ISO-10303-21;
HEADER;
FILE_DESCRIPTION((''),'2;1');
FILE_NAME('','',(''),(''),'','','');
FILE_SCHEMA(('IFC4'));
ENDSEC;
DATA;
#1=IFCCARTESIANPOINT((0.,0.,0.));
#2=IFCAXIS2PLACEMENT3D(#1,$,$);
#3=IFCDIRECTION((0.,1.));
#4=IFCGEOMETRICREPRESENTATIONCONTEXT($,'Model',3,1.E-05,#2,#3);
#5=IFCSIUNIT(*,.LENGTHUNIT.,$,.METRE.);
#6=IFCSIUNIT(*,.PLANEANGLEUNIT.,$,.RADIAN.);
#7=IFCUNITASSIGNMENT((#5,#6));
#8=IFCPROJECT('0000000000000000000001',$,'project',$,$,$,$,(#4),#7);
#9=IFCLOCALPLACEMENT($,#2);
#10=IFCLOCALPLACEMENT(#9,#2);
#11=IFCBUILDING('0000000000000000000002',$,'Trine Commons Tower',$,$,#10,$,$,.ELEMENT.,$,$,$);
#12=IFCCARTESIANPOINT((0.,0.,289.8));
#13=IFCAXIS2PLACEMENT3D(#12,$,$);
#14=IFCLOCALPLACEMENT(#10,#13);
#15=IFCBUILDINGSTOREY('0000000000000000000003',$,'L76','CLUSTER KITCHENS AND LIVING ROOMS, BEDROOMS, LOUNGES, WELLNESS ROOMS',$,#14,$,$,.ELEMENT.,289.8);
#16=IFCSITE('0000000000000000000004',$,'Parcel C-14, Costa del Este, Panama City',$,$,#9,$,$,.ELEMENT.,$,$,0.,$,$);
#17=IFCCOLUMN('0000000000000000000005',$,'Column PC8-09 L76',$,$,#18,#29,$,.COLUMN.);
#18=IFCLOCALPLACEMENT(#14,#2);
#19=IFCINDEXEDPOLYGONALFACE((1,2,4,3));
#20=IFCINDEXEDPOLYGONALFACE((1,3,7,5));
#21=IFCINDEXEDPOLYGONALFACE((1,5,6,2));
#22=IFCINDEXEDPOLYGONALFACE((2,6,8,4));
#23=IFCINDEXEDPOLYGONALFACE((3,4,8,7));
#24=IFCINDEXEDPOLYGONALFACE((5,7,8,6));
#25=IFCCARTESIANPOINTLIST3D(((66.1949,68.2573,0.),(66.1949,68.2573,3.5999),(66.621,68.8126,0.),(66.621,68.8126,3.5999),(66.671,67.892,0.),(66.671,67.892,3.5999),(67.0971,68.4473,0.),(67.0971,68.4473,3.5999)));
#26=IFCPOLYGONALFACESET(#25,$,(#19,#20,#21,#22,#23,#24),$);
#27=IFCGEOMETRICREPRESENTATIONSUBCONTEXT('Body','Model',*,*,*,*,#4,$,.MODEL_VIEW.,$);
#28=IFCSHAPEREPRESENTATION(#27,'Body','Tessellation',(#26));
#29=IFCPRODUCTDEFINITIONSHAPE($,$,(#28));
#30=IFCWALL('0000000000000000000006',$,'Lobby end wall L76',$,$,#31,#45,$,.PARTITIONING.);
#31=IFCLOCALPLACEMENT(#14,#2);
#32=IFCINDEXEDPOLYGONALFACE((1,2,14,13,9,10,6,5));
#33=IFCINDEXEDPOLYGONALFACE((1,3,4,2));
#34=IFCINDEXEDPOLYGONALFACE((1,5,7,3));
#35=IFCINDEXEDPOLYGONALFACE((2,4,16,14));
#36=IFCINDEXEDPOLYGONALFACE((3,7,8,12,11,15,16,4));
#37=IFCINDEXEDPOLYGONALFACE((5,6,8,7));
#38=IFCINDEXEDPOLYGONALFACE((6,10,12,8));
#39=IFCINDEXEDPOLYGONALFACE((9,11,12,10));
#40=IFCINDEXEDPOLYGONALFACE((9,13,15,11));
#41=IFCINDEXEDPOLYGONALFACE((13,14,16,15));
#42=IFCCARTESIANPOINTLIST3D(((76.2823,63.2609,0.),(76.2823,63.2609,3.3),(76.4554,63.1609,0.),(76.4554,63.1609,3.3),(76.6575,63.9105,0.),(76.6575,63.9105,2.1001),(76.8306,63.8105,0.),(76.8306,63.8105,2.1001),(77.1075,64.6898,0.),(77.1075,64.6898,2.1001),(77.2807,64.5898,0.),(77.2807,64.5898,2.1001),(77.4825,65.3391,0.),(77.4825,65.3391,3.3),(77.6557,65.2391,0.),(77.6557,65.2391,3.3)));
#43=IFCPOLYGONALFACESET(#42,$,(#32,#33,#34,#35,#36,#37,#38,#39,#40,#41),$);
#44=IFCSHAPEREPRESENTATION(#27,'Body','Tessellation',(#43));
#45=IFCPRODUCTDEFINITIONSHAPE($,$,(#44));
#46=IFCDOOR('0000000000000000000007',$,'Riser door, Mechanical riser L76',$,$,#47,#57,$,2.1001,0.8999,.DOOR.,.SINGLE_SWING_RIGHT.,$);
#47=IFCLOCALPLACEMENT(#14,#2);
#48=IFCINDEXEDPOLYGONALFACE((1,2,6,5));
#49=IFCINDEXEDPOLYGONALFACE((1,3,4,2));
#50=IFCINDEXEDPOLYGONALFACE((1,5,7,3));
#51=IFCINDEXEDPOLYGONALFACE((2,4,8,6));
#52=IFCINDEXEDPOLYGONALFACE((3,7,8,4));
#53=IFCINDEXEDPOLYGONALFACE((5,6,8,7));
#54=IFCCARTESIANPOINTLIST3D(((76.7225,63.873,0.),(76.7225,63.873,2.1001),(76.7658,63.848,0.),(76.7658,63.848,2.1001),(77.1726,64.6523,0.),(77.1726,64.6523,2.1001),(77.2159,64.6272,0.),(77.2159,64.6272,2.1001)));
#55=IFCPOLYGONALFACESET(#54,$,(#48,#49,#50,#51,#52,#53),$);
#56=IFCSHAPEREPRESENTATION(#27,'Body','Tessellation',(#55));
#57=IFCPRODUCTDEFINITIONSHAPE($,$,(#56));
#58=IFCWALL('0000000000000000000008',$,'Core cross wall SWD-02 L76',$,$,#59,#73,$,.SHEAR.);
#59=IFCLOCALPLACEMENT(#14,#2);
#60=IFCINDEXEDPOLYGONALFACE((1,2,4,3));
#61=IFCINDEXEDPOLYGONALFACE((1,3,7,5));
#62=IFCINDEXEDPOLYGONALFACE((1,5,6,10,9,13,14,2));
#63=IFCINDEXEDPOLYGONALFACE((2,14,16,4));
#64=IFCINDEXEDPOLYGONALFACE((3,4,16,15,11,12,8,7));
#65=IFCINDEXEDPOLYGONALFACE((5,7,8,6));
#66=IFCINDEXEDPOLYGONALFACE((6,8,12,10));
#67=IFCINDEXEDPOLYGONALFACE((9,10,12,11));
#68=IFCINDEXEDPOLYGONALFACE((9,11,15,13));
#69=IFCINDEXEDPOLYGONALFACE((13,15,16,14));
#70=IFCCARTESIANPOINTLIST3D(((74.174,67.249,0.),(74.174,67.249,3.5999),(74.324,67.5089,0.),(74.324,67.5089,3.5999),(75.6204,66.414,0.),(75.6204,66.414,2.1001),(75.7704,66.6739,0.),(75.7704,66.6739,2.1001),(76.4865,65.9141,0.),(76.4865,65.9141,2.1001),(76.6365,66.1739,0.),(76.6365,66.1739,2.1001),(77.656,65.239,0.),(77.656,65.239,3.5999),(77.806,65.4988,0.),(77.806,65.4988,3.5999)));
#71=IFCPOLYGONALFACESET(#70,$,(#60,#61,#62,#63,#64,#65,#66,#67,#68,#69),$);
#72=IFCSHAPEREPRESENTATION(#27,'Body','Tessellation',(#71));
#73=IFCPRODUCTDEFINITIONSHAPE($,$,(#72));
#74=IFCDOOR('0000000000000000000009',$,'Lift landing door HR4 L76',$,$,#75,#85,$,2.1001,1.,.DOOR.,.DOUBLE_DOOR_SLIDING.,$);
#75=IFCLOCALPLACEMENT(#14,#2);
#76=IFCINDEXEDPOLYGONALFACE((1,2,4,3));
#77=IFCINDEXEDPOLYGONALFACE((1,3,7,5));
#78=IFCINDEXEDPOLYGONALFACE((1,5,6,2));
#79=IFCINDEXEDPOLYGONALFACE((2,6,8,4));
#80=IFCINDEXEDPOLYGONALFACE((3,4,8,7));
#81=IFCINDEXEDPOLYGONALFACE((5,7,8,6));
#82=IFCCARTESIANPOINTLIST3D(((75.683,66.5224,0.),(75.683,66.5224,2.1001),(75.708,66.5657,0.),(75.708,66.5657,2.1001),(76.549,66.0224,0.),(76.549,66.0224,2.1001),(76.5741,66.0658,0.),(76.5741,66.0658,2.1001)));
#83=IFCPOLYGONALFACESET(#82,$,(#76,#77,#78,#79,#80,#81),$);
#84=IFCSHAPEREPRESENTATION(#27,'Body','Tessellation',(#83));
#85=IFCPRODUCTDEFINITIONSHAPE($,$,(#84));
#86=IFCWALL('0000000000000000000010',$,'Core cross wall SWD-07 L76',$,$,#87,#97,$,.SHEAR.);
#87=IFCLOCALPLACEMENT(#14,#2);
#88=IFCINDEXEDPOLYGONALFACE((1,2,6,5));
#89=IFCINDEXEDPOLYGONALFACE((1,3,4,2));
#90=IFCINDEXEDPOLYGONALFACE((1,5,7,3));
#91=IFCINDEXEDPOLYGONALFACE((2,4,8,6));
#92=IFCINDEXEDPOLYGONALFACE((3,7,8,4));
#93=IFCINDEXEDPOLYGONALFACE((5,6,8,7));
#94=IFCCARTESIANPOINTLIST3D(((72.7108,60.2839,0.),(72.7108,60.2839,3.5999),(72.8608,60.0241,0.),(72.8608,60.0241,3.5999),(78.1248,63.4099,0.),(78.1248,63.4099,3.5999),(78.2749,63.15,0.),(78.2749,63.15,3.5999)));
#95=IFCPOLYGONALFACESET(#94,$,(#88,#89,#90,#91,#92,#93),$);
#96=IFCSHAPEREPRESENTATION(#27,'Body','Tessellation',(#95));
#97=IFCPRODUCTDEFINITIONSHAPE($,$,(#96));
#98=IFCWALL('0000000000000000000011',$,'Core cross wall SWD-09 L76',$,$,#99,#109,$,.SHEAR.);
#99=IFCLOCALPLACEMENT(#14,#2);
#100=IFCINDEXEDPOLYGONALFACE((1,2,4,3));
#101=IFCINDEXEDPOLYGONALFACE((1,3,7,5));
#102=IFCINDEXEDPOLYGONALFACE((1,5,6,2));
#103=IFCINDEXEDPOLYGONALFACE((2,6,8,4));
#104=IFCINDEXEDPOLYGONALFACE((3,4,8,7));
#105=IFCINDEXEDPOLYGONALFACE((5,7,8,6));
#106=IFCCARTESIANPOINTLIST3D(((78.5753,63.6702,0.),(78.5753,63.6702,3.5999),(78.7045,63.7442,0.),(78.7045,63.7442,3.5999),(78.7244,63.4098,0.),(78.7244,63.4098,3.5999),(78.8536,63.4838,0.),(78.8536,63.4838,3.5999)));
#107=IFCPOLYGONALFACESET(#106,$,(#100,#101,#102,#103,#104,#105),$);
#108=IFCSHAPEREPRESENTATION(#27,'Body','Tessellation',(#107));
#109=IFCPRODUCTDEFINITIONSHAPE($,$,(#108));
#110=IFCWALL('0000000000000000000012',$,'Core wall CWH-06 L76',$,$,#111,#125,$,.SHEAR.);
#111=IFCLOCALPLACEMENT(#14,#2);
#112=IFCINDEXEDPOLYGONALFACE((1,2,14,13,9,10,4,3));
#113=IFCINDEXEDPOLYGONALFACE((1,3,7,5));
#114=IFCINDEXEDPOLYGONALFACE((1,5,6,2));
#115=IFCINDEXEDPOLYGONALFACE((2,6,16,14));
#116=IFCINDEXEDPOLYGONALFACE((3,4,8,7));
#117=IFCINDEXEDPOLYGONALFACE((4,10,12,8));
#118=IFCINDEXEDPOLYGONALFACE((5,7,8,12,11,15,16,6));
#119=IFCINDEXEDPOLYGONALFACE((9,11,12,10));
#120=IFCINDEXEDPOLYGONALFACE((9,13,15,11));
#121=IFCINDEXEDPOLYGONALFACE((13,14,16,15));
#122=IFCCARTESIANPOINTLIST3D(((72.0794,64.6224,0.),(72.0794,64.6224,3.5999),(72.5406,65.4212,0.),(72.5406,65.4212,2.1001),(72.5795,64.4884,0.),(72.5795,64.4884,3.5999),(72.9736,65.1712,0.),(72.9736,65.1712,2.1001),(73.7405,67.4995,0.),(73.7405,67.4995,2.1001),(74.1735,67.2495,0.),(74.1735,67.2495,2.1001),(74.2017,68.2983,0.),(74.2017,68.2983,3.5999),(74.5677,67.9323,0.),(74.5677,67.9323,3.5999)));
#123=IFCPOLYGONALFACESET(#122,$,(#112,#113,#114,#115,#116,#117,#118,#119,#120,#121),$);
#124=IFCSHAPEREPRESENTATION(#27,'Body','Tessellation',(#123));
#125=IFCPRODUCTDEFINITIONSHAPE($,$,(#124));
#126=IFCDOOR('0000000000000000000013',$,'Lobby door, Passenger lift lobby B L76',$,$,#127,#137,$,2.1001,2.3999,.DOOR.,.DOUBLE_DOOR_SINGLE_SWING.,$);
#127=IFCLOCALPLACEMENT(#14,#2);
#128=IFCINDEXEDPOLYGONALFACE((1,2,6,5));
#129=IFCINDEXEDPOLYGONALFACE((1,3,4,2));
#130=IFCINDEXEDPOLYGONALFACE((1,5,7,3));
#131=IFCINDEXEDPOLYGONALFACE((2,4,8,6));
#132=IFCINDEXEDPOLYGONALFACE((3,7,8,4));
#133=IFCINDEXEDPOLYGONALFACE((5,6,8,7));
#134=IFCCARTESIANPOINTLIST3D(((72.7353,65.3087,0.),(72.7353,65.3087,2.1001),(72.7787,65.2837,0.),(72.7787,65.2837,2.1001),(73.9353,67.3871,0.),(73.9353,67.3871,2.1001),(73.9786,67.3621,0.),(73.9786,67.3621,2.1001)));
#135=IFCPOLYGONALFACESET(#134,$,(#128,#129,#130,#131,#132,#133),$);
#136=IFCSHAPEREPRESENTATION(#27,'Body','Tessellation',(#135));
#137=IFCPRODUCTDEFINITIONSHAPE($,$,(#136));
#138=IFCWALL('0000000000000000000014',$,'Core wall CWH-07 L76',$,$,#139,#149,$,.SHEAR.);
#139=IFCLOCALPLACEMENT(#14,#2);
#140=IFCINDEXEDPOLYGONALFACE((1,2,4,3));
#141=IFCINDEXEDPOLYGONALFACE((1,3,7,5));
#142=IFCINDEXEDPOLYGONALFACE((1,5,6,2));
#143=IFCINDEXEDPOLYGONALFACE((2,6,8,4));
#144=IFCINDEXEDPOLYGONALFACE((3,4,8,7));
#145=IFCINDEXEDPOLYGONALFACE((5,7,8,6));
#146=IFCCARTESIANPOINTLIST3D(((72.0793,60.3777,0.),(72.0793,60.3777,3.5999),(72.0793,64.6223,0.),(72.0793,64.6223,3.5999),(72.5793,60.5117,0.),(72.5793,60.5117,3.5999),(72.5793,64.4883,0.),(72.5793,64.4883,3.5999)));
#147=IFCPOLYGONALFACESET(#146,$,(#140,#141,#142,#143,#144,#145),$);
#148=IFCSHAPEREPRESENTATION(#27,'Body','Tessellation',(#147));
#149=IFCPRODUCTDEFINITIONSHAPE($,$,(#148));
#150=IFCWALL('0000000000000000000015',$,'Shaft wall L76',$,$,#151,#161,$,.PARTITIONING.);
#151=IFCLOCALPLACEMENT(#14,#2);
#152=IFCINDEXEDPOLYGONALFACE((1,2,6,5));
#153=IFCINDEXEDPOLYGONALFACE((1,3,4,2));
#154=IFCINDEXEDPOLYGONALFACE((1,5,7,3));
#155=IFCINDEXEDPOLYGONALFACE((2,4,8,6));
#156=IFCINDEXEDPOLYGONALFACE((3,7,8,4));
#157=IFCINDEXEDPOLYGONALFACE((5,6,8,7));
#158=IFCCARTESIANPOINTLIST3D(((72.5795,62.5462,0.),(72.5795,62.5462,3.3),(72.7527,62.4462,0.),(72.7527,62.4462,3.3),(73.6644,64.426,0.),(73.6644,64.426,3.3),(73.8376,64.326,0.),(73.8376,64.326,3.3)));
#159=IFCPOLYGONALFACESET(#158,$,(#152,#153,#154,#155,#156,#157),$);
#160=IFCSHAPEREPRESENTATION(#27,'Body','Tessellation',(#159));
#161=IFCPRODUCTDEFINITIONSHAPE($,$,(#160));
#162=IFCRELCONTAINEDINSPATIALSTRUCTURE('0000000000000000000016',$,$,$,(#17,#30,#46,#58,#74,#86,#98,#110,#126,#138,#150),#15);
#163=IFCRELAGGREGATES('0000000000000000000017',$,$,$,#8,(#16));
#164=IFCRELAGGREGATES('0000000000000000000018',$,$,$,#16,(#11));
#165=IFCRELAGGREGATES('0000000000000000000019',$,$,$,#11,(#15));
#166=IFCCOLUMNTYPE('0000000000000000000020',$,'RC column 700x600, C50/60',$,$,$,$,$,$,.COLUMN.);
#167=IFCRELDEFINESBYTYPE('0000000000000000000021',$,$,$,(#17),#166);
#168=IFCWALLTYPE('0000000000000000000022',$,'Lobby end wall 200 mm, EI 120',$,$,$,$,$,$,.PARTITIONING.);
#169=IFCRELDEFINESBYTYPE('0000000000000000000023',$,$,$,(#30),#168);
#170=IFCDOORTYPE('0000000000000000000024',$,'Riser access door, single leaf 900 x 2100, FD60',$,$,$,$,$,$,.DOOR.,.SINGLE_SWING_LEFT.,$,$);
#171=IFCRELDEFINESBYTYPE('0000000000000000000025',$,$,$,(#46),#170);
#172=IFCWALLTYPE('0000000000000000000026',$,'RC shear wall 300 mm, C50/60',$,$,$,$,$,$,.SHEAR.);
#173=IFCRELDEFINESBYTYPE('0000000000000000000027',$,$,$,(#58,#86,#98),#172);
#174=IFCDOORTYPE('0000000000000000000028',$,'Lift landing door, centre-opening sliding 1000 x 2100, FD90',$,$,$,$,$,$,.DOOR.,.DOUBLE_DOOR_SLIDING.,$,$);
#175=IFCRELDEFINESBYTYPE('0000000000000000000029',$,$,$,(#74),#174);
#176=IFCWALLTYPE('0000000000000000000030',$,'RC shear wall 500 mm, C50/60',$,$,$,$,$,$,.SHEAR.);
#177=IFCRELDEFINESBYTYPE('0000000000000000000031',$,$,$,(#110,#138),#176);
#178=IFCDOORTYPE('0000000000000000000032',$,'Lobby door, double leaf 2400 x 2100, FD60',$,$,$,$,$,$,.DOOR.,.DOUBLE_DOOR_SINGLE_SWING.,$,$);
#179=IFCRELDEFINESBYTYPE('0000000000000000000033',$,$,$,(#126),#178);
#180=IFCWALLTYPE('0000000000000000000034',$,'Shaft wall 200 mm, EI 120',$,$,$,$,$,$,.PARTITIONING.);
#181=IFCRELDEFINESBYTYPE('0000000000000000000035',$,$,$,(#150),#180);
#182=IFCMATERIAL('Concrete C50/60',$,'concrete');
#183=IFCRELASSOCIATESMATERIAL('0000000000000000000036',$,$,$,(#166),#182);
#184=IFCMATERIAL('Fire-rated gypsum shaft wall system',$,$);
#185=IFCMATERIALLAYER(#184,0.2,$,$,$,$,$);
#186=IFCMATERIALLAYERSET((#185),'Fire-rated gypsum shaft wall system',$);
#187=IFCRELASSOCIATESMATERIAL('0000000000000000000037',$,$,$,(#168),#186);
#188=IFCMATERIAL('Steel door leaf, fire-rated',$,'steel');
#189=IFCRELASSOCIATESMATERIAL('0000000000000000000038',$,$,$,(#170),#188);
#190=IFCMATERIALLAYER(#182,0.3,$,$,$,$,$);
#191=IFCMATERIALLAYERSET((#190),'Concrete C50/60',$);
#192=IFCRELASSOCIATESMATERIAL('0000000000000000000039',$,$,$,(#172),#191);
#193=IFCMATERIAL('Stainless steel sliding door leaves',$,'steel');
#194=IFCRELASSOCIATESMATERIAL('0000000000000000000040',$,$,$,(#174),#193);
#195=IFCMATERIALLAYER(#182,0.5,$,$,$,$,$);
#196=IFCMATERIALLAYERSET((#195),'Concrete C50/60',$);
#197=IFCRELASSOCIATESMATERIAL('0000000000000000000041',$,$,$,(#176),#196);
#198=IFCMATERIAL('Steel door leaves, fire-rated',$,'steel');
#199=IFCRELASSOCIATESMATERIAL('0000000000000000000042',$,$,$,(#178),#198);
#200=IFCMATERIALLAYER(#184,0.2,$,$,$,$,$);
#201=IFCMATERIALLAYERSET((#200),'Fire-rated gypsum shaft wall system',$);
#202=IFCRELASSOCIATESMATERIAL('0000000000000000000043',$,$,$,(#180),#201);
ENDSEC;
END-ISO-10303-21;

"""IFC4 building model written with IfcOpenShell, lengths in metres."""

from ifc_helpers import new_model, si_unit, direction, frame, frame_2d, origin, origin_2d, place, context, subcontext, project, spatial, polyline, rectangle, outline, extrude, material, layer, layer_set, material_profile, profile_set, type_object, element, fill, save


model = new_model("IFC4")

# Units and contexts
model_context = context("Model", 3, precision=1e-05, world=origin(), true_north=direction((0.0, 1.0)))
body_context = subcontext(model_context, "Body", "Model", "MODEL_VIEW")
ifc_project = project(units=[si_unit("LENGTHUNIT", "METRE"), si_unit("PLANEANGLEUNIT", "RADIAN")], contexts=[model_context])

# Site, building, storey
site_placement = place(None, origin())
site = spatial("IfcSite", under=ifc_project, at=site_placement, Name="Parcel C-14, Costa del Este, Panama City", CompositionType="ELEMENT", RefElevation=0.0)
building_placement = place(site_placement, origin())
building = spatial("IfcBuilding", under=site, at=building_placement, Name="Trine Commons Tower", CompositionType="ELEMENT")
storey_placement = place(building_placement, frame((0.0, 0.0, 289.8)))
storey = spatial("IfcBuildingStorey", under=building, at=storey_placement, Name="L76", Description="CLUSTER KITCHENS AND LIVING ROOMS, BEDROOMS, LOUNGES, WELLNESS ROOMS", CompositionType="ELEMENT", Elevation=289.8)

# Column
ifc_material_1 = material(Name="Concrete C50/60", Category="concrete")
ifc_material_profile = material_profile(ifc_material_1, rectangle(XDim=0.7, YDim=0.6001, at=origin_2d()), Name="RC 700x600")
ifc_profile_set = profile_set([ifc_material_profile], Name="Concrete C50/60")
column_type = type_object("IfcColumnType", Name="RC column 700x600, C50/60", PredefinedType="COLUMN", material=ifc_profile_set)
column_placement = place(storey_placement, frame((66.646, 68.3523, 0.0), z_axis=(0.0, 0.0, 1.0), x_axis=(0.608761, 0.793353, 0.0)))
element("IfcColumn", 1, at=column_placement, inside=storey, type_object=column_type, Name="Column PC8-09 L76", PredefinedType="COLUMN", context=body_context, shape_type="SweptSolid", body=[
    extrude(rectangle(XDim=0.7, YDim=0.6001, at=origin_2d()), origin(), (0.0, 0.0, 1.0), 3.5999),
])

# Walls, openings, doors
ifc_material_2 = material(Name="Fire-rated gypsum shaft wall system")
ifc_layer_1 = layer(ifc_material_2, 0.2)
ifc_layer_set_1 = layer_set([ifc_layer_1], Name="Fire-rated gypsum shaft wall system")
wall_type_1 = type_object("IfcWallType", Name="Lobby end wall 200 mm, EI 120", PredefinedType="PARTITIONING", material=ifc_layer_set_1)
wall_1_placement = place(storey_placement, frame((77.5691, 65.2891, 0.0), z_axis=(0.0, 0.0, 1.0), x_axis=(-0.500122, -0.865955, 0.0)))
wall_1 = element("IfcWall", 2, at=wall_1_placement, inside=storey, type_object=wall_type_1, Name="Lobby end wall L76", PredefinedType="PARTITIONING", context=body_context, shape_type="SweptSolid", body=[
    extrude(rectangle(XDim=2.3999, YDim=0.2, at=frame_2d((1.2, 0.0))), origin(), (0.0, 0.0, 1.0), 3.3),
])
opening_1_placement = place(wall_1_placement, frame((0.7498, 0.0, 0.0)))
opening_1 = element("IfcOpeningElement", 3, at=opening_1_placement, cuts=wall_1, PredefinedType="OPENING", context=body_context, shape_type="SweptSolid", body=[
    extrude(rectangle(XDim=0.8999, YDim=2.1001, at=frame_2d((0.45, 1.05))), frame((0.0, 0.1099, 0.0), z_axis=(0.0, -1.0, 0.0), x_axis=(1.0, 0.0, 0.0)), (0.0, 0.0, 1.0), 0.22),
])
ifc_material_3 = material(Name="Steel door leaf, fire-rated", Category="steel")
door_type_1 = type_object("IfcDoorType", Name="Riser access door, single leaf 900 x 2100, FD60", OperationType="SINGLE_SWING_LEFT", PredefinedType="DOOR", material=ifc_material_3)
door_1_placement = place(opening_1_placement, frame((0.8999, 0.0, 0.0), z_axis=(0.0, 0.0, 1.0), x_axis=(-1.0, 0.0, 0.0)))
door_1 = element("IfcDoor", 4, at=door_1_placement, inside=storey, type_object=door_type_1, Name="Riser door, Mechanical riser L76", OperationType="SINGLE_SWING_RIGHT", OverallHeight=2.1001, OverallWidth=0.8999, PredefinedType="DOOR", context=body_context, shape_type="SweptSolid", body=[
    extrude(rectangle(XDim=0.8999, YDim=2.1001, at=frame_2d((0.45, 1.05))), frame((0.0, 0.0249, 0.0), z_axis=(0.0, -1.0, 0.0), x_axis=(1.0, 0.0, 0.0)), (0.0, 0.0, 1.0), 0.05),
])
fill(opening_1, door_1)
ifc_layer_2 = layer(ifc_material_1, 0.3)
ifc_layer_set_2 = layer_set([ifc_layer_2], Name="Concrete C50/60")
wall_type_2 = type_object("IfcWallType", Name="RC shear wall 300 mm, C50/60", PredefinedType="SHEAR", material=ifc_layer_set_2)
wall_2_placement = place(storey_placement, frame((77.731, 65.3689, 0.0), z_axis=(0.0, 0.0, 1.0), x_axis=(-0.866056, 0.499947, 0.0)))
wall_2 = element("IfcWall", 5, at=wall_2_placement, inside=storey, type_object=wall_type_2, Name="Core cross wall SWD-02 L76", PredefinedType="SHEAR", context=body_context, shape_type="SweptSolid", body=[
    extrude(rectangle(XDim=4.0205, YDim=0.3, at=frame_2d((2.0103, 0.0))), origin(), (0.0, 0.0, 1.0), 3.5999),
])
opening_2_placement = place(wall_2_placement, frame((1.3503, 0.0, 0.0)))
opening_2 = element("IfcOpeningElement", 6, at=opening_2_placement, cuts=wall_2, PredefinedType="OPENING", context=body_context, shape_type="SweptSolid", body=[
    extrude(rectangle(XDim=1.0, YDim=2.1001, at=frame_2d((0.5, 1.05))), frame((0.0, 0.1599, 0.0), z_axis=(0.0, -1.0, 0.0), x_axis=(1.0, 0.0, 0.0)), (0.0, 0.0, 1.0), 0.3201),
])
ifc_material_4 = material(Name="Stainless steel sliding door leaves", Category="steel")
door_type_2 = type_object("IfcDoorType", Name="Lift landing door, centre-opening sliding 1000 x 2100, FD90", OperationType="DOUBLE_DOOR_SLIDING", PredefinedType="DOOR", material=ifc_material_4)
door_2_placement = place(opening_2_placement, origin())
door_2 = element("IfcDoor", 7, at=door_2_placement, inside=storey, type_object=door_type_2, Name="Lift landing door HR4 L76", OperationType="DOUBLE_DOOR_SLIDING", OverallHeight=2.1001, OverallWidth=1.0, PredefinedType="DOOR", context=body_context, shape_type="SweptSolid", body=[
    extrude(rectangle(XDim=1.0, YDim=2.1001, at=frame_2d((0.5, 1.05))), frame((0.0, 0.0249, 0.0), z_axis=(0.0, -1.0, 0.0), x_axis=(1.0, 0.0, 0.0)), (0.0, 0.0, 1.0), 0.05),
])
fill(opening_2, door_2)

# Walls
wall_3_placement = place(storey_placement, frame((78.2, 63.28, 0.0), z_axis=(0.0, 0.0, 1.0), x_axis=(-0.866014, -0.50002, 0.0)))
element("IfcWall", 8, at=wall_3_placement, inside=storey, type_object=wall_type_2, Name="Core cross wall SWD-07 L76", PredefinedType="SHEAR", context=body_context, shape_type="SweptSolid", body=[
    extrude(rectangle(XDim=6.2517, YDim=0.3, at=frame_2d((3.126, 0.0))), origin(), (0.0, 0.0, 1.0), 3.5999),
])
wall_4_placement = place(storey_placement, frame((78.7791, 63.614, 0.0), z_axis=(0.0, 0.0, 1.0), x_axis=(-0.867738, -0.497022, 0.0)))
element("IfcWall", 9, at=wall_4_placement, inside=storey, type_object=wall_type_2, Name="Core cross wall SWD-09 L76", PredefinedType="SHEAR", context=body_context, shape_type="SweptSolid", body=[
    extrude(rectangle(XDim=0.1489, YDim=0.3, at=frame_2d((0.0745, 0.0))), origin(), (0.0, 0.0, 1.0), 3.5999),
])

# Wall, opening, door
ifc_layer_3 = layer(ifc_material_1, 0.5)
ifc_layer_set_3 = layer_set([ifc_layer_3], Name="Concrete C50/60")
wall_type_3 = type_object("IfcWallType", Name="RC shear wall 500 mm, C50/60", PredefinedType="SHEAR", material=ifc_layer_set_3)
wall_5_placement = place(storey_placement, frame((74.4182, 68.1733, 0.0), z_axis=(0.0, 0.0, 1.0), x_axis=(-0.499993, -0.866029, 0.0)))
wall_5 = element("IfcWall", 10, at=wall_5_placement, inside=storey, type_object=wall_type_3, Name="Core wall CWH-06 L76", PredefinedType="SHEAR", context=body_context, shape_type="SweptSolid", body=[
    extrude(outline(polyline([(0.0, -0.25), (4.2446, -0.25), (4.1106, 0.25), (0.134, 0.25), (0.0, -0.25)])), origin(), (0.0, 0.0, 1.0), 3.5999),
])
opening_3_placement = place(wall_5_placement, frame((0.9224, 0.0, 0.0)))
opening_3 = element("IfcOpeningElement", 11, at=opening_3_placement, cuts=wall_5, PredefinedType="OPENING", context=body_context, shape_type="SweptSolid", body=[
    extrude(rectangle(XDim=2.3999, YDim=2.1001, at=frame_2d((1.2, 1.05))), frame((0.0, 0.26, 0.0), z_axis=(0.0, -1.0, 0.0), x_axis=(1.0, 0.0, 0.0)), (0.0, 0.0, 1.0), 0.52),
])
ifc_material_5 = material(Name="Steel door leaves, fire-rated", Category="steel")
door_type_3 = type_object("IfcDoorType", Name="Lobby door, double leaf 2400 x 2100, FD60", OperationType="DOUBLE_DOOR_SINGLE_SWING", PredefinedType="DOOR", material=ifc_material_5)
door_3_placement = place(opening_3_placement, origin())
door_3 = element("IfcDoor", 12, at=door_3_placement, inside=storey, type_object=door_type_3, Name="Lobby door, Passenger lift lobby B L76", OperationType="DOUBLE_DOOR_SINGLE_SWING", OverallHeight=2.1001, OverallWidth=2.3999, PredefinedType="DOOR", context=body_context, shape_type="SweptSolid", body=[
    extrude(rectangle(XDim=2.3999, YDim=2.1001, at=frame_2d((1.2, 1.05))), frame((0.0, 0.0249, 0.0), z_axis=(0.0, -1.0, 0.0), x_axis=(1.0, 0.0, 0.0)), (0.0, 0.0, 1.0), 0.05),
])
fill(opening_3, door_3)

# Walls
wall_6_placement = place(storey_placement, frame((72.3293, 64.6223, 0.0), z_axis=(0.0, 0.0, 1.0), x_axis=(0.0, -1.0, 0.0)))
element("IfcWall", 13, at=wall_6_placement, inside=storey, type_object=wall_type_3, Name="Core wall CWH-07 L76", PredefinedType="SHEAR", context=body_context, shape_type="SweptSolid", body=[
    extrude(outline(polyline([(0.0, -0.25), (4.2446, -0.25), (4.1106, 0.25), (0.134, 0.25), (0.0, -0.25)])), origin(), (0.0, 0.0, 1.0), 3.5999),
])
ifc_layer_4 = layer(ifc_material_2, 0.2)
ifc_layer_set_4 = layer_set([ifc_layer_4], Name="Fire-rated gypsum shaft wall system")
wall_type_4 = type_object("IfcWallType", Name="Shaft wall 200 mm, EI 120", PredefinedType="PARTITIONING", material=ifc_layer_set_4)
wall_7_placement = place(storey_placement, frame((73.751, 64.376, 0.0), z_axis=(0.0, 0.0, 1.0), x_axis=(-0.499865, -0.866103, 0.0)))
element("IfcWall", 14, at=wall_7_placement, inside=storey, type_object=wall_type_4, Name="Shaft wall L76", PredefinedType="PARTITIONING", context=body_context, shape_type="SweptSolid", body=[
    extrude(rectangle(XDim=2.1704, YDim=0.2, at=frame_2d((1.0852, 0.0))), origin(), (0.0, 0.0, 1.0), 3.3),
])

save(model, "model.ifc")
